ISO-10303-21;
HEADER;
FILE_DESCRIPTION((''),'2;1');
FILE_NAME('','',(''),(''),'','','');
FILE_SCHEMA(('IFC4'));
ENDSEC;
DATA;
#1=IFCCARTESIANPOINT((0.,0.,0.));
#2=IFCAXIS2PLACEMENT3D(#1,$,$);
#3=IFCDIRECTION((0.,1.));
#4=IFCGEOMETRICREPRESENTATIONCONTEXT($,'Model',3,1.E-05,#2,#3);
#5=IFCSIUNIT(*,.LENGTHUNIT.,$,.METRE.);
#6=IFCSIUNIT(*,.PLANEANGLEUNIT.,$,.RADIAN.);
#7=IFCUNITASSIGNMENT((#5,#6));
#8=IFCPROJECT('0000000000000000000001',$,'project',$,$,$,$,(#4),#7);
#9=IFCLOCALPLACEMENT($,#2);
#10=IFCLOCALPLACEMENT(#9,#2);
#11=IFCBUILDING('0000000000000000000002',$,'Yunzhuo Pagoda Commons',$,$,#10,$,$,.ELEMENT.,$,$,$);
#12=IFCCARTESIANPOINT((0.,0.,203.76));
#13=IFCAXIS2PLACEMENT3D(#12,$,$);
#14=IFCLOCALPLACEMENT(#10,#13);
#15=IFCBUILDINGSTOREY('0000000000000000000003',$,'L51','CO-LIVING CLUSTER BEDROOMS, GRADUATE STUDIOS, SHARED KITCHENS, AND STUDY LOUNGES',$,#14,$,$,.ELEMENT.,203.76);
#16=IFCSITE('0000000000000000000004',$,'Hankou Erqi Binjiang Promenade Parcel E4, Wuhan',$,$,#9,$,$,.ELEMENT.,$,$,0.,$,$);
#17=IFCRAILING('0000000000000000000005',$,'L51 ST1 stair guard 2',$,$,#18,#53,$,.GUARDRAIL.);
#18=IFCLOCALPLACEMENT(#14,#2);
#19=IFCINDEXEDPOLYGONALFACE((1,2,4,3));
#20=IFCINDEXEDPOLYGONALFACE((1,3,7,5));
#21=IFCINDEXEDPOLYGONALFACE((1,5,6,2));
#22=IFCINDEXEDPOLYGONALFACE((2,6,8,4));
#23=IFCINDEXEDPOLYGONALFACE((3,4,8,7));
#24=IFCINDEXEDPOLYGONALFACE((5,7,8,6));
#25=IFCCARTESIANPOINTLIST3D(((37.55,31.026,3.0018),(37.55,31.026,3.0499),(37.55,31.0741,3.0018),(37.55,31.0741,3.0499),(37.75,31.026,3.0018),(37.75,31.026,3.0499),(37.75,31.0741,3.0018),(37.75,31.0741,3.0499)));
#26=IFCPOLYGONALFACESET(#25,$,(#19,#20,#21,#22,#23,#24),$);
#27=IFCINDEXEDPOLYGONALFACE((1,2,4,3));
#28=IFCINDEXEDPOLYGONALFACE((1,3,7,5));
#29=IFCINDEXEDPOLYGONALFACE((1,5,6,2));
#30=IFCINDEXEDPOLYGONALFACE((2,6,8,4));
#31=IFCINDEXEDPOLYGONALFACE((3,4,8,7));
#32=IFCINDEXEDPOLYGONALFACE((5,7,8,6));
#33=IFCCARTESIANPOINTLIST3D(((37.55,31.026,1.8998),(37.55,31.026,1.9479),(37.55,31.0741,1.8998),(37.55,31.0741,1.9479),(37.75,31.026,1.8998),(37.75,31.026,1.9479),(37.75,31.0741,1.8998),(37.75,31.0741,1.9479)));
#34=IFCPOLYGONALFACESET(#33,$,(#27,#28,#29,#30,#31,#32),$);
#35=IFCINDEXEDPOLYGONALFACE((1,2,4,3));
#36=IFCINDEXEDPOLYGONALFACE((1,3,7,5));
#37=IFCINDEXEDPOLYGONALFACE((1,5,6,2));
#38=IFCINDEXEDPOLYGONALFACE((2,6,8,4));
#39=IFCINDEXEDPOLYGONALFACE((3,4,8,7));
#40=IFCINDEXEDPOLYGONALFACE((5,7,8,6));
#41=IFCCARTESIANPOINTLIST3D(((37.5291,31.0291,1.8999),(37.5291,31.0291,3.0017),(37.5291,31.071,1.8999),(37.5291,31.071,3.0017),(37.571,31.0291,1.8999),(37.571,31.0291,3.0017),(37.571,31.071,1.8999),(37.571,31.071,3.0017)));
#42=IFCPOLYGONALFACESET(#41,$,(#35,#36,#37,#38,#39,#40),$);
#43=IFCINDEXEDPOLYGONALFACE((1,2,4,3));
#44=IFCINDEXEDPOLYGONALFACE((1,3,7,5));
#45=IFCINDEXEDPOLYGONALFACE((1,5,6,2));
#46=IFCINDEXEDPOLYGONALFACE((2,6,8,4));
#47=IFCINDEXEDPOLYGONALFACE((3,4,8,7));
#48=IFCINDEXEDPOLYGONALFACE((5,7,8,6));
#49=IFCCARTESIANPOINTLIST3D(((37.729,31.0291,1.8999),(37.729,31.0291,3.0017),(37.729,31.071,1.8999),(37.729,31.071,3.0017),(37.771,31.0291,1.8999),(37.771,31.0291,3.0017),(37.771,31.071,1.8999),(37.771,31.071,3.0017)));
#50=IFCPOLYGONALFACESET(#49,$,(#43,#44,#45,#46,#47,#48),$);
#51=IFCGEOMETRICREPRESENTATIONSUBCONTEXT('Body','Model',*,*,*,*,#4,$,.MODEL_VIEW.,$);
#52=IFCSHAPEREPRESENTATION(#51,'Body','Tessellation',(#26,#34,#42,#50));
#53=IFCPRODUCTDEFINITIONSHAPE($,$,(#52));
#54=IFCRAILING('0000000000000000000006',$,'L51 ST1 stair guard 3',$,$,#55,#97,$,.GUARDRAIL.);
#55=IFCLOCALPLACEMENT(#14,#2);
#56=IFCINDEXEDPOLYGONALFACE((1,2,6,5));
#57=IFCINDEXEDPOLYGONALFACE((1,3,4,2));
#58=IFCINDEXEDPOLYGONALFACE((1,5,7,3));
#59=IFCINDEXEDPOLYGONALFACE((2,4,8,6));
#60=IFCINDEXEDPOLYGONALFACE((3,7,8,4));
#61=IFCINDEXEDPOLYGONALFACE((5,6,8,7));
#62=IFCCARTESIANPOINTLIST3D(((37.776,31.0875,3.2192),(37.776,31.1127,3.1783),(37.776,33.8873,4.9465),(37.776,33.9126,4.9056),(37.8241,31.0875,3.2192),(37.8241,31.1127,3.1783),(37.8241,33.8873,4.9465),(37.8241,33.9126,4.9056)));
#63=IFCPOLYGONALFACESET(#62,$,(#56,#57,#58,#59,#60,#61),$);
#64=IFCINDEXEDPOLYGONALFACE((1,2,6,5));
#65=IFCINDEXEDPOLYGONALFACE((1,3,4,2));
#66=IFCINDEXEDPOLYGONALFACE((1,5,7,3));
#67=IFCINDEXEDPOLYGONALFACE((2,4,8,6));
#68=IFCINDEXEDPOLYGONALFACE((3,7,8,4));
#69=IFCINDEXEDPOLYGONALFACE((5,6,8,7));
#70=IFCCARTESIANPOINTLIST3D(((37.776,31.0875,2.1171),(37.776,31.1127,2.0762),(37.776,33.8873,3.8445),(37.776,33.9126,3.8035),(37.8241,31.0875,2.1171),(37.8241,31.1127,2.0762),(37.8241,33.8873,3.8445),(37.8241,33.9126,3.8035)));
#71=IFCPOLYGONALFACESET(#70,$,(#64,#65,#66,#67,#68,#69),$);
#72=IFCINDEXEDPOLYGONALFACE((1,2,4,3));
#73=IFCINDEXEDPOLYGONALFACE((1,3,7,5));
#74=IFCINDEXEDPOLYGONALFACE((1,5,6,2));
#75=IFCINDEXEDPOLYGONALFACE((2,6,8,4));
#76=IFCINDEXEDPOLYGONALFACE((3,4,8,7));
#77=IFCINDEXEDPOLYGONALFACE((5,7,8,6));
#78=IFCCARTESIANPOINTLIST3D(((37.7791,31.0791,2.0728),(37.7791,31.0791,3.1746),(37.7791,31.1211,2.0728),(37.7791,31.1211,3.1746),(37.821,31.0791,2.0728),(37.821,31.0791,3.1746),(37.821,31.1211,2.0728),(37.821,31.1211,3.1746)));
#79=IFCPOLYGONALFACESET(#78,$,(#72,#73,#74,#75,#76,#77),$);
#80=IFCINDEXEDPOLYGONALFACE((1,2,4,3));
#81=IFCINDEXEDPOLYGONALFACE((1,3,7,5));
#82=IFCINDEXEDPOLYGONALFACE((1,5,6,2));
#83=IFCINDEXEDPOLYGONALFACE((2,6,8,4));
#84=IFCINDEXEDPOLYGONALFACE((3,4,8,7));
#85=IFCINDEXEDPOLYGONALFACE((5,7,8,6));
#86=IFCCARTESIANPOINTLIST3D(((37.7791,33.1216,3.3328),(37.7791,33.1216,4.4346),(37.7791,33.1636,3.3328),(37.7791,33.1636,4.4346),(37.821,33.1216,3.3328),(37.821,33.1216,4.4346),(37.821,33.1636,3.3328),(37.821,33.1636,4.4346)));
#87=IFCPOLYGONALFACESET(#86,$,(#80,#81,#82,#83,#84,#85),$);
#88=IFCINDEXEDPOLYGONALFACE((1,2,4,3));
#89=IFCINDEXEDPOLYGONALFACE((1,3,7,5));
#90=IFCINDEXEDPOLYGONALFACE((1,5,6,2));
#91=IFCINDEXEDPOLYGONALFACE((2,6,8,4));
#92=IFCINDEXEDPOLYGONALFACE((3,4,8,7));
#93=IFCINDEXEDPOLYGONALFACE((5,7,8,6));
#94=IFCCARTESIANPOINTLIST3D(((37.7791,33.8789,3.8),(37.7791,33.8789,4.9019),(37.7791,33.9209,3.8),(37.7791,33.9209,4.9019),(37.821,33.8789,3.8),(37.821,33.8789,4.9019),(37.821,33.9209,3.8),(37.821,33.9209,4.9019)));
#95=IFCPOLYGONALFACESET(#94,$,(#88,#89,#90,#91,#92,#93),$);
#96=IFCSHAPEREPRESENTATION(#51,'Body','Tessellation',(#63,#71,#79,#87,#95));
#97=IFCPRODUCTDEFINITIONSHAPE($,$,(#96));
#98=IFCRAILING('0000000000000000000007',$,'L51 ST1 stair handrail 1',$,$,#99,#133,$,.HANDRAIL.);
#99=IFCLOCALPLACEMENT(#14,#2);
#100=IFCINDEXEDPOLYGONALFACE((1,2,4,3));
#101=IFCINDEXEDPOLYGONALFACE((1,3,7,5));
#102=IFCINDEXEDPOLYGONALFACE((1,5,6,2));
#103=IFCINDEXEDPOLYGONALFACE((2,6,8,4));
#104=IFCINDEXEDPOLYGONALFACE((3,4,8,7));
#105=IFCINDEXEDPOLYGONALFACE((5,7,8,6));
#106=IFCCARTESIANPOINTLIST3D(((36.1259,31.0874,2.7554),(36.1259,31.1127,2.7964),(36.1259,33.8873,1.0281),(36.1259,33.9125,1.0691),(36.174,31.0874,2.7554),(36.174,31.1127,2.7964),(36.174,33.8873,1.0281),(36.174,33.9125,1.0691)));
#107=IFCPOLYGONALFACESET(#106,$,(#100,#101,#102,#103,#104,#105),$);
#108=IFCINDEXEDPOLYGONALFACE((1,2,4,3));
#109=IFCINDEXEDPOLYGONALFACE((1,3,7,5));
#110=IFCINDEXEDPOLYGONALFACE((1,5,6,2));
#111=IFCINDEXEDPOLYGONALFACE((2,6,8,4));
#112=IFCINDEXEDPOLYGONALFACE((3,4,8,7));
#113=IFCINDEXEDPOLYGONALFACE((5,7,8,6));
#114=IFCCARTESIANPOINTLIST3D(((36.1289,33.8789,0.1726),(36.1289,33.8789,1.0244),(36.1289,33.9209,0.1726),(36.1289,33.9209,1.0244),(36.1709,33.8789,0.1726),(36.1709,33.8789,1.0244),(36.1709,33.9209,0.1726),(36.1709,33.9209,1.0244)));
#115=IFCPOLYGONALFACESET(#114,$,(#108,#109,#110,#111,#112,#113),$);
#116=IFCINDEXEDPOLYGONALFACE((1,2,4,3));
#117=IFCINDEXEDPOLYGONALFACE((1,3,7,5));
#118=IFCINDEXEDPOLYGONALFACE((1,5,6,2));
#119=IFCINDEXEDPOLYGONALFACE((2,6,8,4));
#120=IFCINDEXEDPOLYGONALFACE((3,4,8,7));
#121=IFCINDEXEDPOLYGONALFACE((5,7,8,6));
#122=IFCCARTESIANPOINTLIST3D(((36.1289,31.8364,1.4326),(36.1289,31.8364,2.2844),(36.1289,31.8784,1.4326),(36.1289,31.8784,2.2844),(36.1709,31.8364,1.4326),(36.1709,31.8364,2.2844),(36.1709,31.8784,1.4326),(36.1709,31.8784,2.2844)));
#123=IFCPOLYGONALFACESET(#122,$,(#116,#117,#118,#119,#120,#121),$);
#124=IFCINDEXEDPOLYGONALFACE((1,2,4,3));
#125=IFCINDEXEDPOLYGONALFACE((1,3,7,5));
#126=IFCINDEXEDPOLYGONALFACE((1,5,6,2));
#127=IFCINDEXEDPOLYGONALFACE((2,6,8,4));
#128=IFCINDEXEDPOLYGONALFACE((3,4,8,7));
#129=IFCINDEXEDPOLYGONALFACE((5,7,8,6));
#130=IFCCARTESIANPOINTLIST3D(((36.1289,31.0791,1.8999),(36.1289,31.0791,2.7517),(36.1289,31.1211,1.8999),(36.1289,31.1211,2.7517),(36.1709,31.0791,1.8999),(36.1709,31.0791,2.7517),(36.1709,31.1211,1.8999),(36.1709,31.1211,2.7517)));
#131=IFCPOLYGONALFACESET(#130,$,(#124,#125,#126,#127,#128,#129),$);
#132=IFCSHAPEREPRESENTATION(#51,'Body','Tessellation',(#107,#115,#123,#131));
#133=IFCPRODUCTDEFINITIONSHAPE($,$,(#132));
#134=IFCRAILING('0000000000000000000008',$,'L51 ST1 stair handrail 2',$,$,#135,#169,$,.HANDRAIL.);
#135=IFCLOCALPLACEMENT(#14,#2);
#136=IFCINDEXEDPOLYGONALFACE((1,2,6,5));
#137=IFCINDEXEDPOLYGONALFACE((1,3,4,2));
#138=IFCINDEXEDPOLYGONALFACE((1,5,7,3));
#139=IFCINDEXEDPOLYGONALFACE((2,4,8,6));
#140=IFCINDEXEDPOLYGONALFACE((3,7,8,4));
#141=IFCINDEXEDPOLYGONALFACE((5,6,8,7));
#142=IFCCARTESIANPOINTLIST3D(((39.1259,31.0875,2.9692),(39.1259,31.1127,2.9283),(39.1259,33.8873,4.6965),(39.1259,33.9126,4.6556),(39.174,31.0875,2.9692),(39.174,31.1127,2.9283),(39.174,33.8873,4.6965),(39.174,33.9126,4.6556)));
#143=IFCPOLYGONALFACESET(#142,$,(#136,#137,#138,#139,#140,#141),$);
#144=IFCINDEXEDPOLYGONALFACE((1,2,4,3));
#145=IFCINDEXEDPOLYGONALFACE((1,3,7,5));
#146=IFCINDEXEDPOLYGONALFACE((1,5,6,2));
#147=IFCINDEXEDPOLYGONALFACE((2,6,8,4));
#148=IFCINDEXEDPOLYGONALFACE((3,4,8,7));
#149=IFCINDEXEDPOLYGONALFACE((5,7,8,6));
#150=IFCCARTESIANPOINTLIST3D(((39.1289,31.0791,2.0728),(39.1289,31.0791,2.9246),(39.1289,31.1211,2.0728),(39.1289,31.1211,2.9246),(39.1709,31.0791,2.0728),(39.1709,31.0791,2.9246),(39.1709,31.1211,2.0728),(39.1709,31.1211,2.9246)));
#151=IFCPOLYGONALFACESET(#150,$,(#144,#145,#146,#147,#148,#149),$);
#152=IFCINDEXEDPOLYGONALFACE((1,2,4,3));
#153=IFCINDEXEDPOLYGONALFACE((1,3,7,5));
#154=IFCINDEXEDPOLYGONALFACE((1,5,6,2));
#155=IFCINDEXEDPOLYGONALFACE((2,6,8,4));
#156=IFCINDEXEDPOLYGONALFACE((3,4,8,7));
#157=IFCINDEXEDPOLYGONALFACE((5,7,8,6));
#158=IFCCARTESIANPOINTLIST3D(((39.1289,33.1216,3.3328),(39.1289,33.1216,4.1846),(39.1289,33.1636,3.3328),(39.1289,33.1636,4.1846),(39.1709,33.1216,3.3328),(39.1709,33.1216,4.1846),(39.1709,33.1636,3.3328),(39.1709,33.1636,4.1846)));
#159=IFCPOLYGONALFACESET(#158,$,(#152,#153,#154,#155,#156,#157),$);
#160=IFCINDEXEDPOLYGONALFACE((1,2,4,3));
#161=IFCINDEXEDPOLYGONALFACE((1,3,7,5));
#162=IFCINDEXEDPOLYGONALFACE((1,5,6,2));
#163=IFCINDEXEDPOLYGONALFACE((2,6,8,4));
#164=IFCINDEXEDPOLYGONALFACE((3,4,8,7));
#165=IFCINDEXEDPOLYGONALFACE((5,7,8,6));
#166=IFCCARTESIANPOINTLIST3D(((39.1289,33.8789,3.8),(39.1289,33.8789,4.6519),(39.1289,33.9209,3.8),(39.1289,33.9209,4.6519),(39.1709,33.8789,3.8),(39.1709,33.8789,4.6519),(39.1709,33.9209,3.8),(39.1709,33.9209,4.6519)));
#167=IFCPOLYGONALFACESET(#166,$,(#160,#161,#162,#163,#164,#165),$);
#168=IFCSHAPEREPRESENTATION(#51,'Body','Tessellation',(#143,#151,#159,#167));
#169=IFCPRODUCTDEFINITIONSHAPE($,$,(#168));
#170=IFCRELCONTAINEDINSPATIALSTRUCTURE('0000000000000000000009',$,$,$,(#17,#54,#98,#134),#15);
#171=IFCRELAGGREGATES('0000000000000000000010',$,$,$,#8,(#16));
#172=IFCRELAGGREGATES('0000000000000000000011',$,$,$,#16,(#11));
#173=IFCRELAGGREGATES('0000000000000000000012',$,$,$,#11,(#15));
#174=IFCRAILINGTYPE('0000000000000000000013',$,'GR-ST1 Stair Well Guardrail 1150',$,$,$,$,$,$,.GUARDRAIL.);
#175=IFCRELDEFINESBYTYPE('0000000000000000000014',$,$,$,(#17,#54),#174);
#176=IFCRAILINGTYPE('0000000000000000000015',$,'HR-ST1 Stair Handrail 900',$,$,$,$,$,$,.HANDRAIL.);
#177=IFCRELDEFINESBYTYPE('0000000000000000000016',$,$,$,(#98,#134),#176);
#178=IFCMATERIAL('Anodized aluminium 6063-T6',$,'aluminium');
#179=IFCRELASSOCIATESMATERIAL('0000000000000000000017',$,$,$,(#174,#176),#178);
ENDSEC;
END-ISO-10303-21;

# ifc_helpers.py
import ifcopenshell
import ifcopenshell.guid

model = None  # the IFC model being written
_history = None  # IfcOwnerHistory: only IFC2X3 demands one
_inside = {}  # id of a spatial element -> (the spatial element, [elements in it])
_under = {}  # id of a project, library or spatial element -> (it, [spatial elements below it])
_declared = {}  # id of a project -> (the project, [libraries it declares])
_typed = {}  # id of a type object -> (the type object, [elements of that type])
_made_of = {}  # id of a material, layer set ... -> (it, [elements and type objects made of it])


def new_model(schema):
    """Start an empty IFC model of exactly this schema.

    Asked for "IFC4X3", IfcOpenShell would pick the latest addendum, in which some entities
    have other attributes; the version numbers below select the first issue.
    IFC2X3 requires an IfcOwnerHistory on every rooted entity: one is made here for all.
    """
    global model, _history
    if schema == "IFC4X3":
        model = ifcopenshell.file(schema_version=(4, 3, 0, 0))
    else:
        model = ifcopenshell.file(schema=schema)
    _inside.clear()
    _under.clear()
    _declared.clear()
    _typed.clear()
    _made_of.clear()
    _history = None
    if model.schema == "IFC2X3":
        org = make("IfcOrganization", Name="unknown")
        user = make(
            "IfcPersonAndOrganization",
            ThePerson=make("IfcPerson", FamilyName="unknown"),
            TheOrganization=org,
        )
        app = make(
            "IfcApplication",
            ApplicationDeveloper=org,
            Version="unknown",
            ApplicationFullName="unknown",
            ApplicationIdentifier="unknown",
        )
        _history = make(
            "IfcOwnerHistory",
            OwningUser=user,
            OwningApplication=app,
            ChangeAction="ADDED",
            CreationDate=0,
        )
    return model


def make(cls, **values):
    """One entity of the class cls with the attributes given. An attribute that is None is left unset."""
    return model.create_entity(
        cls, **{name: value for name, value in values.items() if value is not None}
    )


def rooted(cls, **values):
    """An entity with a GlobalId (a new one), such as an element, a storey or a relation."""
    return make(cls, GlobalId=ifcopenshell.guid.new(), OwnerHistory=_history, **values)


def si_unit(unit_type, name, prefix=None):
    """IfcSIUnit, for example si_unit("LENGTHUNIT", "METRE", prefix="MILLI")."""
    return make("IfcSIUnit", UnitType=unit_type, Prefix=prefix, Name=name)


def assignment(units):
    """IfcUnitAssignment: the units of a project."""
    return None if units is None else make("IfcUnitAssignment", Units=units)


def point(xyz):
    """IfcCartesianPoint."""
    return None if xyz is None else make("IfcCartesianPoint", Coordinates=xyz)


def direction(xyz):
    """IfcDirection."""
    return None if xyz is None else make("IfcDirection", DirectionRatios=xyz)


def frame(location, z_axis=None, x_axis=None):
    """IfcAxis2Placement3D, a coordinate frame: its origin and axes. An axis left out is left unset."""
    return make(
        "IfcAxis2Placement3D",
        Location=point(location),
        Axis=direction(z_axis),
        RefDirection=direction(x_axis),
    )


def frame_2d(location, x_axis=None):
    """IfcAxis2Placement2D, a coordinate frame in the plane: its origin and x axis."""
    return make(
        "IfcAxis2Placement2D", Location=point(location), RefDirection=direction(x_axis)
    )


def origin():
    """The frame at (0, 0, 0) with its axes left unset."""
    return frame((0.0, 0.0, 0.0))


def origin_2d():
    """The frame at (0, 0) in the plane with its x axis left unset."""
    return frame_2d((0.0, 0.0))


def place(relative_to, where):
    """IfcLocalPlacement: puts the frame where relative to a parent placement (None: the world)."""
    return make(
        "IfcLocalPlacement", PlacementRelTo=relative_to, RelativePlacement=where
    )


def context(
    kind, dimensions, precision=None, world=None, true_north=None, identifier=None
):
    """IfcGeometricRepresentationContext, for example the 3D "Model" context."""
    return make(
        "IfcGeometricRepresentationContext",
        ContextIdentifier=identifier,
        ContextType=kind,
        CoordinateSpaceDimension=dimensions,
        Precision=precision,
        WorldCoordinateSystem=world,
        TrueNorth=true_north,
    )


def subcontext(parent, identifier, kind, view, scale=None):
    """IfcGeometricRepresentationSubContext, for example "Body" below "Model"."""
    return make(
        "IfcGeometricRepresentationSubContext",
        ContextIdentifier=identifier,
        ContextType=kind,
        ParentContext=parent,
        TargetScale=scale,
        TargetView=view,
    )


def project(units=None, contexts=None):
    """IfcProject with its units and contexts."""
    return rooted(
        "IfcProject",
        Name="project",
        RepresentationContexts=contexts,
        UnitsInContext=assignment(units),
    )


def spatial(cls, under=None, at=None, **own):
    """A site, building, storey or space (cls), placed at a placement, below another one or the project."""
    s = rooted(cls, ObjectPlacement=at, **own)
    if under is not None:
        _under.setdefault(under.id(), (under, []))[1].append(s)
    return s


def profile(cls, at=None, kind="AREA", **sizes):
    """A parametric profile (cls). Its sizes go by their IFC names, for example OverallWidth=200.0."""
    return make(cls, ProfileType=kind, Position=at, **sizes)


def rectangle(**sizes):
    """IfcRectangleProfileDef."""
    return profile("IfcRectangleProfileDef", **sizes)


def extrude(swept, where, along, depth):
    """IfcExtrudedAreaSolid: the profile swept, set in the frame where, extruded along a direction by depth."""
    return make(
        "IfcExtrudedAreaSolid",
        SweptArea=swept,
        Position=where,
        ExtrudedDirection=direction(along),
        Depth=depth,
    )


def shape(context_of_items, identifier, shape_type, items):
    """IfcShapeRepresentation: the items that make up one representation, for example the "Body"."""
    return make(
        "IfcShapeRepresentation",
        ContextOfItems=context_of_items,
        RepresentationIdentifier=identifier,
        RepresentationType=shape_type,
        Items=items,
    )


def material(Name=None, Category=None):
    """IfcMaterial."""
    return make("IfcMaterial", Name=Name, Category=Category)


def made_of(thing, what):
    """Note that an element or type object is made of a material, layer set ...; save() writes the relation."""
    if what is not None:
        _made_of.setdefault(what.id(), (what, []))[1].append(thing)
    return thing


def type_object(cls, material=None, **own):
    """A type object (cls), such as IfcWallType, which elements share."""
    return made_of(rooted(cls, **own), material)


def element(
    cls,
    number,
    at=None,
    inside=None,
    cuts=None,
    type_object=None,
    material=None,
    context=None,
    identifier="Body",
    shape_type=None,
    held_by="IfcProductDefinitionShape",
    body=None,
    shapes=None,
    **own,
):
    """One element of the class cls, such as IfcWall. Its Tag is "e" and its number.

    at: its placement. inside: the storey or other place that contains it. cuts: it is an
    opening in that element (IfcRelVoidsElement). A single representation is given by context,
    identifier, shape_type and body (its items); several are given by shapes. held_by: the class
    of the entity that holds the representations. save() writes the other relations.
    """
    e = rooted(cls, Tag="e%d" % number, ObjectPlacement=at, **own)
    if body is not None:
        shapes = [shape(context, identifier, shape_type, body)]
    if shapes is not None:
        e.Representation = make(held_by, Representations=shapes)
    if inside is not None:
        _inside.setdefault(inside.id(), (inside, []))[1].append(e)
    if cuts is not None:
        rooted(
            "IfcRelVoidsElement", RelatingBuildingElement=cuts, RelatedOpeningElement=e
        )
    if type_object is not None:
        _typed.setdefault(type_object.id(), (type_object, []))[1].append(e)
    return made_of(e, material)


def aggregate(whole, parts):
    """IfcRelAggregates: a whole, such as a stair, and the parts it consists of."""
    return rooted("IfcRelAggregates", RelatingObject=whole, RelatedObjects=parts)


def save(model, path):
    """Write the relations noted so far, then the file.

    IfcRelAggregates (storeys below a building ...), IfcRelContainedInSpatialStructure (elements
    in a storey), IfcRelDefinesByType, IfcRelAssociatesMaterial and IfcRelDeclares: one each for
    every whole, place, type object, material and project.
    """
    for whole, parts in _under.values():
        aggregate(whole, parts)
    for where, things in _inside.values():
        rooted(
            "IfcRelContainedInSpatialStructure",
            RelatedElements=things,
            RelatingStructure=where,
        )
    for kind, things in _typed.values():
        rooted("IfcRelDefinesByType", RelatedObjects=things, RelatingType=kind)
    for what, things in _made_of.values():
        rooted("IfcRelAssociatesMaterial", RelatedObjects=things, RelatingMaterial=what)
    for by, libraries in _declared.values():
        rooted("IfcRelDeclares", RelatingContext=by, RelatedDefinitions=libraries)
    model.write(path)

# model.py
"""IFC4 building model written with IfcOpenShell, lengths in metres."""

from ifc_helpers import new_model, si_unit, direction, frame, origin, origin_2d, place, context, subcontext, project, spatial, rectangle, extrude, material, type_object, element, save


model = new_model("IFC4")

# Units and contexts
model_context = context("Model", 3, precision=1e-05, world=origin(), true_north=direction((0.0, 1.0)))
body_context = subcontext(model_context, "Body", "Model", "MODEL_VIEW")
ifc_project = project(units=[si_unit("LENGTHUNIT", "METRE"), si_unit("PLANEANGLEUNIT", "RADIAN")], contexts=[model_context])

# Site, building, storey
site_placement = place(None, origin())
site = spatial("IfcSite", under=ifc_project, at=site_placement, Name="Hankou Erqi Binjiang Promenade Parcel E4, Wuhan", CompositionType="ELEMENT", RefElevation=0.0)
building_placement = place(site_placement, origin())
building = spatial("IfcBuilding", under=site, at=building_placement, Name="Yunzhuo Pagoda Commons", CompositionType="ELEMENT")
storey_placement = place(building_placement, frame((0.0, 0.0, 203.76)))
storey = spatial("IfcBuildingStorey", under=building, at=storey_placement, Name="L51", Description="CO-LIVING CLUSTER BEDROOMS, GRADUATE STUDIOS, SHARED KITCHENS, AND STUDY LOUNGES", CompositionType="ELEMENT", Elevation=203.76)

# Railings
ifc_material_1 = material(Name="Anodized aluminium 6063-T6", Category="aluminium")
railing_type_1 = type_object("IfcRailingType", Name="GR-ST1 Stair Well Guardrail 1150", PredefinedType="GUARDRAIL", material=ifc_material_1)
railing_1_placement = place(storey_placement, frame((37.55, 31.05, 1.8999)))
element("IfcRailing", 1, at=railing_1_placement, inside=storey, type_object=railing_type_1, Name="L51 ST1 stair guard 2", PredefinedType="GUARDRAIL", context=body_context, shape_type="SweptSolid", body=[
    extrude(rectangle(XDim=0.0481, YDim=0.0481, at=origin_2d()), frame((0.0, 0.0, 1.126), z_axis=(1.0, 0.0, 0.0), x_axis=(0.0, 1.0, 0.0)), (0.0, 0.0, 1.0), 0.2),
    extrude(rectangle(XDim=0.0481, YDim=0.0481, at=origin_2d()), frame((0.0, 0.0, 0.0239), z_axis=(1.0, 0.0, 0.0), x_axis=(0.0, 1.0, 0.0)), (0.0, 0.0, 1.0), 0.2),
    extrude(rectangle(XDim=0.042, YDim=0.042, at=origin_2d()), origin(), (0.0, 0.0, 1.0), 1.1018),
    extrude(rectangle(XDim=0.042, YDim=0.042, at=origin_2d()), frame((0.2, 0.0, 0.0)), (0.0, 0.0, 1.0), 1.1018),
])
railing_2_placement = place(storey_placement, frame((37.8, 31.1001, 2.0728)))
element("IfcRailing", 2, at=railing_2_placement, inside=storey, type_object=railing_type_1, Name="L51 ST1 stair guard 3", PredefinedType="GUARDRAIL", context=body_context, shape_type="SweptSolid", body=[
    extrude(rectangle(XDim=0.0481, YDim=0.0481, at=origin_2d()), frame((0.0, 0.0, 1.126), z_axis=(0.0, 0.851069, 0.525054), x_axis=(-1.0, 0.0, 0.0)), (0.0, 0.0, 1.0), 3.2898),
    extrude(rectangle(XDim=0.0481, YDim=0.0481, at=origin_2d()), frame((0.0, 0.0, 0.0239), z_axis=(0.0, 0.851069, 0.525054), x_axis=(-1.0, 0.0, 0.0)), (0.0, 0.0, 1.0), 3.2898),
    extrude(rectangle(XDim=0.042, YDim=0.042, at=origin_2d()), origin(), (0.0, 0.0, 1.0), 1.1018),
    extrude(rectangle(XDim=0.042, YDim=0.042, at=origin_2d()), frame((0.0, 2.0425, 1.26)), (0.0, 0.0, 1.0), 1.1018),
    extrude(rectangle(XDim=0.042, YDim=0.042, at=origin_2d()), frame((0.0, 2.7998, 1.7273)), (0.0, 0.0, 1.0), 1.1018),
])
railing_type_2 = type_object("IfcRailingType", Name="HR-ST1 Stair Handrail 900", PredefinedType="HANDRAIL", material=ifc_material_1)
railing_3_placement = place(storey_placement, frame((36.1499, 33.8999, 0.1726)))
element("IfcRailing", 3, at=railing_3_placement, inside=storey, type_object=railing_type_2, Name="L51 ST1 stair handrail 1", PredefinedType="HANDRAIL", context=body_context, shape_type="SweptSolid", body=[
    extrude(rectangle(XDim=0.0481, YDim=0.0481, at=origin_2d()), frame((0.0, 0.0, 0.876), z_axis=(0.0, -0.851069, 0.525054), x_axis=(1.0, 0.0, 0.0)), (0.0, 0.0, 1.0), 3.2898),
    extrude(rectangle(XDim=0.042, YDim=0.042, at=origin_2d()), origin(), (0.0, 0.0, 1.0), 0.8518),
    extrude(rectangle(XDim=0.042, YDim=0.042, at=origin_2d()), frame((0.0, -2.0425, 1.26)), (0.0, 0.0, 1.0), 0.8518),
    extrude(rectangle(XDim=0.042, YDim=0.042, at=origin_2d()), frame((0.0, -2.7998, 1.7273)), (0.0, 0.0, 1.0), 0.8518),
])
railing_4_placement = place(storey_placement, frame((39.1499, 31.1001, 2.0728)))
element("IfcRailing", 4, at=railing_4_placement, inside=storey, type_object=railing_type_2, Name="L51 ST1 stair handrail 2", PredefinedType="HANDRAIL", context=body_context, shape_type="SweptSolid", body=[
    extrude(rectangle(XDim=0.0481, YDim=0.0481, at=origin_2d()), frame((0.0, 0.0, 0.876), z_axis=(0.0, 0.851069, 0.525054), x_axis=(-1.0, 0.0, 0.0)), (0.0, 0.0, 1.0), 3.2898),
    extrude(rectangle(XDim=0.042, YDim=0.042, at=origin_2d()), origin(), (0.0, 0.0, 1.0), 0.8518),
    extrude(rectangle(XDim=0.042, YDim=0.042, at=origin_2d()), frame((0.0, 2.0425, 1.26)), (0.0, 0.0, 1.0), 0.8518),
    extrude(rectangle(XDim=0.042, YDim=0.042, at=origin_2d()), frame((0.0, 2.7998, 1.7273)), (0.0, 0.0, 1.0), 0.8518),
])

save(model, "model.ifc")
